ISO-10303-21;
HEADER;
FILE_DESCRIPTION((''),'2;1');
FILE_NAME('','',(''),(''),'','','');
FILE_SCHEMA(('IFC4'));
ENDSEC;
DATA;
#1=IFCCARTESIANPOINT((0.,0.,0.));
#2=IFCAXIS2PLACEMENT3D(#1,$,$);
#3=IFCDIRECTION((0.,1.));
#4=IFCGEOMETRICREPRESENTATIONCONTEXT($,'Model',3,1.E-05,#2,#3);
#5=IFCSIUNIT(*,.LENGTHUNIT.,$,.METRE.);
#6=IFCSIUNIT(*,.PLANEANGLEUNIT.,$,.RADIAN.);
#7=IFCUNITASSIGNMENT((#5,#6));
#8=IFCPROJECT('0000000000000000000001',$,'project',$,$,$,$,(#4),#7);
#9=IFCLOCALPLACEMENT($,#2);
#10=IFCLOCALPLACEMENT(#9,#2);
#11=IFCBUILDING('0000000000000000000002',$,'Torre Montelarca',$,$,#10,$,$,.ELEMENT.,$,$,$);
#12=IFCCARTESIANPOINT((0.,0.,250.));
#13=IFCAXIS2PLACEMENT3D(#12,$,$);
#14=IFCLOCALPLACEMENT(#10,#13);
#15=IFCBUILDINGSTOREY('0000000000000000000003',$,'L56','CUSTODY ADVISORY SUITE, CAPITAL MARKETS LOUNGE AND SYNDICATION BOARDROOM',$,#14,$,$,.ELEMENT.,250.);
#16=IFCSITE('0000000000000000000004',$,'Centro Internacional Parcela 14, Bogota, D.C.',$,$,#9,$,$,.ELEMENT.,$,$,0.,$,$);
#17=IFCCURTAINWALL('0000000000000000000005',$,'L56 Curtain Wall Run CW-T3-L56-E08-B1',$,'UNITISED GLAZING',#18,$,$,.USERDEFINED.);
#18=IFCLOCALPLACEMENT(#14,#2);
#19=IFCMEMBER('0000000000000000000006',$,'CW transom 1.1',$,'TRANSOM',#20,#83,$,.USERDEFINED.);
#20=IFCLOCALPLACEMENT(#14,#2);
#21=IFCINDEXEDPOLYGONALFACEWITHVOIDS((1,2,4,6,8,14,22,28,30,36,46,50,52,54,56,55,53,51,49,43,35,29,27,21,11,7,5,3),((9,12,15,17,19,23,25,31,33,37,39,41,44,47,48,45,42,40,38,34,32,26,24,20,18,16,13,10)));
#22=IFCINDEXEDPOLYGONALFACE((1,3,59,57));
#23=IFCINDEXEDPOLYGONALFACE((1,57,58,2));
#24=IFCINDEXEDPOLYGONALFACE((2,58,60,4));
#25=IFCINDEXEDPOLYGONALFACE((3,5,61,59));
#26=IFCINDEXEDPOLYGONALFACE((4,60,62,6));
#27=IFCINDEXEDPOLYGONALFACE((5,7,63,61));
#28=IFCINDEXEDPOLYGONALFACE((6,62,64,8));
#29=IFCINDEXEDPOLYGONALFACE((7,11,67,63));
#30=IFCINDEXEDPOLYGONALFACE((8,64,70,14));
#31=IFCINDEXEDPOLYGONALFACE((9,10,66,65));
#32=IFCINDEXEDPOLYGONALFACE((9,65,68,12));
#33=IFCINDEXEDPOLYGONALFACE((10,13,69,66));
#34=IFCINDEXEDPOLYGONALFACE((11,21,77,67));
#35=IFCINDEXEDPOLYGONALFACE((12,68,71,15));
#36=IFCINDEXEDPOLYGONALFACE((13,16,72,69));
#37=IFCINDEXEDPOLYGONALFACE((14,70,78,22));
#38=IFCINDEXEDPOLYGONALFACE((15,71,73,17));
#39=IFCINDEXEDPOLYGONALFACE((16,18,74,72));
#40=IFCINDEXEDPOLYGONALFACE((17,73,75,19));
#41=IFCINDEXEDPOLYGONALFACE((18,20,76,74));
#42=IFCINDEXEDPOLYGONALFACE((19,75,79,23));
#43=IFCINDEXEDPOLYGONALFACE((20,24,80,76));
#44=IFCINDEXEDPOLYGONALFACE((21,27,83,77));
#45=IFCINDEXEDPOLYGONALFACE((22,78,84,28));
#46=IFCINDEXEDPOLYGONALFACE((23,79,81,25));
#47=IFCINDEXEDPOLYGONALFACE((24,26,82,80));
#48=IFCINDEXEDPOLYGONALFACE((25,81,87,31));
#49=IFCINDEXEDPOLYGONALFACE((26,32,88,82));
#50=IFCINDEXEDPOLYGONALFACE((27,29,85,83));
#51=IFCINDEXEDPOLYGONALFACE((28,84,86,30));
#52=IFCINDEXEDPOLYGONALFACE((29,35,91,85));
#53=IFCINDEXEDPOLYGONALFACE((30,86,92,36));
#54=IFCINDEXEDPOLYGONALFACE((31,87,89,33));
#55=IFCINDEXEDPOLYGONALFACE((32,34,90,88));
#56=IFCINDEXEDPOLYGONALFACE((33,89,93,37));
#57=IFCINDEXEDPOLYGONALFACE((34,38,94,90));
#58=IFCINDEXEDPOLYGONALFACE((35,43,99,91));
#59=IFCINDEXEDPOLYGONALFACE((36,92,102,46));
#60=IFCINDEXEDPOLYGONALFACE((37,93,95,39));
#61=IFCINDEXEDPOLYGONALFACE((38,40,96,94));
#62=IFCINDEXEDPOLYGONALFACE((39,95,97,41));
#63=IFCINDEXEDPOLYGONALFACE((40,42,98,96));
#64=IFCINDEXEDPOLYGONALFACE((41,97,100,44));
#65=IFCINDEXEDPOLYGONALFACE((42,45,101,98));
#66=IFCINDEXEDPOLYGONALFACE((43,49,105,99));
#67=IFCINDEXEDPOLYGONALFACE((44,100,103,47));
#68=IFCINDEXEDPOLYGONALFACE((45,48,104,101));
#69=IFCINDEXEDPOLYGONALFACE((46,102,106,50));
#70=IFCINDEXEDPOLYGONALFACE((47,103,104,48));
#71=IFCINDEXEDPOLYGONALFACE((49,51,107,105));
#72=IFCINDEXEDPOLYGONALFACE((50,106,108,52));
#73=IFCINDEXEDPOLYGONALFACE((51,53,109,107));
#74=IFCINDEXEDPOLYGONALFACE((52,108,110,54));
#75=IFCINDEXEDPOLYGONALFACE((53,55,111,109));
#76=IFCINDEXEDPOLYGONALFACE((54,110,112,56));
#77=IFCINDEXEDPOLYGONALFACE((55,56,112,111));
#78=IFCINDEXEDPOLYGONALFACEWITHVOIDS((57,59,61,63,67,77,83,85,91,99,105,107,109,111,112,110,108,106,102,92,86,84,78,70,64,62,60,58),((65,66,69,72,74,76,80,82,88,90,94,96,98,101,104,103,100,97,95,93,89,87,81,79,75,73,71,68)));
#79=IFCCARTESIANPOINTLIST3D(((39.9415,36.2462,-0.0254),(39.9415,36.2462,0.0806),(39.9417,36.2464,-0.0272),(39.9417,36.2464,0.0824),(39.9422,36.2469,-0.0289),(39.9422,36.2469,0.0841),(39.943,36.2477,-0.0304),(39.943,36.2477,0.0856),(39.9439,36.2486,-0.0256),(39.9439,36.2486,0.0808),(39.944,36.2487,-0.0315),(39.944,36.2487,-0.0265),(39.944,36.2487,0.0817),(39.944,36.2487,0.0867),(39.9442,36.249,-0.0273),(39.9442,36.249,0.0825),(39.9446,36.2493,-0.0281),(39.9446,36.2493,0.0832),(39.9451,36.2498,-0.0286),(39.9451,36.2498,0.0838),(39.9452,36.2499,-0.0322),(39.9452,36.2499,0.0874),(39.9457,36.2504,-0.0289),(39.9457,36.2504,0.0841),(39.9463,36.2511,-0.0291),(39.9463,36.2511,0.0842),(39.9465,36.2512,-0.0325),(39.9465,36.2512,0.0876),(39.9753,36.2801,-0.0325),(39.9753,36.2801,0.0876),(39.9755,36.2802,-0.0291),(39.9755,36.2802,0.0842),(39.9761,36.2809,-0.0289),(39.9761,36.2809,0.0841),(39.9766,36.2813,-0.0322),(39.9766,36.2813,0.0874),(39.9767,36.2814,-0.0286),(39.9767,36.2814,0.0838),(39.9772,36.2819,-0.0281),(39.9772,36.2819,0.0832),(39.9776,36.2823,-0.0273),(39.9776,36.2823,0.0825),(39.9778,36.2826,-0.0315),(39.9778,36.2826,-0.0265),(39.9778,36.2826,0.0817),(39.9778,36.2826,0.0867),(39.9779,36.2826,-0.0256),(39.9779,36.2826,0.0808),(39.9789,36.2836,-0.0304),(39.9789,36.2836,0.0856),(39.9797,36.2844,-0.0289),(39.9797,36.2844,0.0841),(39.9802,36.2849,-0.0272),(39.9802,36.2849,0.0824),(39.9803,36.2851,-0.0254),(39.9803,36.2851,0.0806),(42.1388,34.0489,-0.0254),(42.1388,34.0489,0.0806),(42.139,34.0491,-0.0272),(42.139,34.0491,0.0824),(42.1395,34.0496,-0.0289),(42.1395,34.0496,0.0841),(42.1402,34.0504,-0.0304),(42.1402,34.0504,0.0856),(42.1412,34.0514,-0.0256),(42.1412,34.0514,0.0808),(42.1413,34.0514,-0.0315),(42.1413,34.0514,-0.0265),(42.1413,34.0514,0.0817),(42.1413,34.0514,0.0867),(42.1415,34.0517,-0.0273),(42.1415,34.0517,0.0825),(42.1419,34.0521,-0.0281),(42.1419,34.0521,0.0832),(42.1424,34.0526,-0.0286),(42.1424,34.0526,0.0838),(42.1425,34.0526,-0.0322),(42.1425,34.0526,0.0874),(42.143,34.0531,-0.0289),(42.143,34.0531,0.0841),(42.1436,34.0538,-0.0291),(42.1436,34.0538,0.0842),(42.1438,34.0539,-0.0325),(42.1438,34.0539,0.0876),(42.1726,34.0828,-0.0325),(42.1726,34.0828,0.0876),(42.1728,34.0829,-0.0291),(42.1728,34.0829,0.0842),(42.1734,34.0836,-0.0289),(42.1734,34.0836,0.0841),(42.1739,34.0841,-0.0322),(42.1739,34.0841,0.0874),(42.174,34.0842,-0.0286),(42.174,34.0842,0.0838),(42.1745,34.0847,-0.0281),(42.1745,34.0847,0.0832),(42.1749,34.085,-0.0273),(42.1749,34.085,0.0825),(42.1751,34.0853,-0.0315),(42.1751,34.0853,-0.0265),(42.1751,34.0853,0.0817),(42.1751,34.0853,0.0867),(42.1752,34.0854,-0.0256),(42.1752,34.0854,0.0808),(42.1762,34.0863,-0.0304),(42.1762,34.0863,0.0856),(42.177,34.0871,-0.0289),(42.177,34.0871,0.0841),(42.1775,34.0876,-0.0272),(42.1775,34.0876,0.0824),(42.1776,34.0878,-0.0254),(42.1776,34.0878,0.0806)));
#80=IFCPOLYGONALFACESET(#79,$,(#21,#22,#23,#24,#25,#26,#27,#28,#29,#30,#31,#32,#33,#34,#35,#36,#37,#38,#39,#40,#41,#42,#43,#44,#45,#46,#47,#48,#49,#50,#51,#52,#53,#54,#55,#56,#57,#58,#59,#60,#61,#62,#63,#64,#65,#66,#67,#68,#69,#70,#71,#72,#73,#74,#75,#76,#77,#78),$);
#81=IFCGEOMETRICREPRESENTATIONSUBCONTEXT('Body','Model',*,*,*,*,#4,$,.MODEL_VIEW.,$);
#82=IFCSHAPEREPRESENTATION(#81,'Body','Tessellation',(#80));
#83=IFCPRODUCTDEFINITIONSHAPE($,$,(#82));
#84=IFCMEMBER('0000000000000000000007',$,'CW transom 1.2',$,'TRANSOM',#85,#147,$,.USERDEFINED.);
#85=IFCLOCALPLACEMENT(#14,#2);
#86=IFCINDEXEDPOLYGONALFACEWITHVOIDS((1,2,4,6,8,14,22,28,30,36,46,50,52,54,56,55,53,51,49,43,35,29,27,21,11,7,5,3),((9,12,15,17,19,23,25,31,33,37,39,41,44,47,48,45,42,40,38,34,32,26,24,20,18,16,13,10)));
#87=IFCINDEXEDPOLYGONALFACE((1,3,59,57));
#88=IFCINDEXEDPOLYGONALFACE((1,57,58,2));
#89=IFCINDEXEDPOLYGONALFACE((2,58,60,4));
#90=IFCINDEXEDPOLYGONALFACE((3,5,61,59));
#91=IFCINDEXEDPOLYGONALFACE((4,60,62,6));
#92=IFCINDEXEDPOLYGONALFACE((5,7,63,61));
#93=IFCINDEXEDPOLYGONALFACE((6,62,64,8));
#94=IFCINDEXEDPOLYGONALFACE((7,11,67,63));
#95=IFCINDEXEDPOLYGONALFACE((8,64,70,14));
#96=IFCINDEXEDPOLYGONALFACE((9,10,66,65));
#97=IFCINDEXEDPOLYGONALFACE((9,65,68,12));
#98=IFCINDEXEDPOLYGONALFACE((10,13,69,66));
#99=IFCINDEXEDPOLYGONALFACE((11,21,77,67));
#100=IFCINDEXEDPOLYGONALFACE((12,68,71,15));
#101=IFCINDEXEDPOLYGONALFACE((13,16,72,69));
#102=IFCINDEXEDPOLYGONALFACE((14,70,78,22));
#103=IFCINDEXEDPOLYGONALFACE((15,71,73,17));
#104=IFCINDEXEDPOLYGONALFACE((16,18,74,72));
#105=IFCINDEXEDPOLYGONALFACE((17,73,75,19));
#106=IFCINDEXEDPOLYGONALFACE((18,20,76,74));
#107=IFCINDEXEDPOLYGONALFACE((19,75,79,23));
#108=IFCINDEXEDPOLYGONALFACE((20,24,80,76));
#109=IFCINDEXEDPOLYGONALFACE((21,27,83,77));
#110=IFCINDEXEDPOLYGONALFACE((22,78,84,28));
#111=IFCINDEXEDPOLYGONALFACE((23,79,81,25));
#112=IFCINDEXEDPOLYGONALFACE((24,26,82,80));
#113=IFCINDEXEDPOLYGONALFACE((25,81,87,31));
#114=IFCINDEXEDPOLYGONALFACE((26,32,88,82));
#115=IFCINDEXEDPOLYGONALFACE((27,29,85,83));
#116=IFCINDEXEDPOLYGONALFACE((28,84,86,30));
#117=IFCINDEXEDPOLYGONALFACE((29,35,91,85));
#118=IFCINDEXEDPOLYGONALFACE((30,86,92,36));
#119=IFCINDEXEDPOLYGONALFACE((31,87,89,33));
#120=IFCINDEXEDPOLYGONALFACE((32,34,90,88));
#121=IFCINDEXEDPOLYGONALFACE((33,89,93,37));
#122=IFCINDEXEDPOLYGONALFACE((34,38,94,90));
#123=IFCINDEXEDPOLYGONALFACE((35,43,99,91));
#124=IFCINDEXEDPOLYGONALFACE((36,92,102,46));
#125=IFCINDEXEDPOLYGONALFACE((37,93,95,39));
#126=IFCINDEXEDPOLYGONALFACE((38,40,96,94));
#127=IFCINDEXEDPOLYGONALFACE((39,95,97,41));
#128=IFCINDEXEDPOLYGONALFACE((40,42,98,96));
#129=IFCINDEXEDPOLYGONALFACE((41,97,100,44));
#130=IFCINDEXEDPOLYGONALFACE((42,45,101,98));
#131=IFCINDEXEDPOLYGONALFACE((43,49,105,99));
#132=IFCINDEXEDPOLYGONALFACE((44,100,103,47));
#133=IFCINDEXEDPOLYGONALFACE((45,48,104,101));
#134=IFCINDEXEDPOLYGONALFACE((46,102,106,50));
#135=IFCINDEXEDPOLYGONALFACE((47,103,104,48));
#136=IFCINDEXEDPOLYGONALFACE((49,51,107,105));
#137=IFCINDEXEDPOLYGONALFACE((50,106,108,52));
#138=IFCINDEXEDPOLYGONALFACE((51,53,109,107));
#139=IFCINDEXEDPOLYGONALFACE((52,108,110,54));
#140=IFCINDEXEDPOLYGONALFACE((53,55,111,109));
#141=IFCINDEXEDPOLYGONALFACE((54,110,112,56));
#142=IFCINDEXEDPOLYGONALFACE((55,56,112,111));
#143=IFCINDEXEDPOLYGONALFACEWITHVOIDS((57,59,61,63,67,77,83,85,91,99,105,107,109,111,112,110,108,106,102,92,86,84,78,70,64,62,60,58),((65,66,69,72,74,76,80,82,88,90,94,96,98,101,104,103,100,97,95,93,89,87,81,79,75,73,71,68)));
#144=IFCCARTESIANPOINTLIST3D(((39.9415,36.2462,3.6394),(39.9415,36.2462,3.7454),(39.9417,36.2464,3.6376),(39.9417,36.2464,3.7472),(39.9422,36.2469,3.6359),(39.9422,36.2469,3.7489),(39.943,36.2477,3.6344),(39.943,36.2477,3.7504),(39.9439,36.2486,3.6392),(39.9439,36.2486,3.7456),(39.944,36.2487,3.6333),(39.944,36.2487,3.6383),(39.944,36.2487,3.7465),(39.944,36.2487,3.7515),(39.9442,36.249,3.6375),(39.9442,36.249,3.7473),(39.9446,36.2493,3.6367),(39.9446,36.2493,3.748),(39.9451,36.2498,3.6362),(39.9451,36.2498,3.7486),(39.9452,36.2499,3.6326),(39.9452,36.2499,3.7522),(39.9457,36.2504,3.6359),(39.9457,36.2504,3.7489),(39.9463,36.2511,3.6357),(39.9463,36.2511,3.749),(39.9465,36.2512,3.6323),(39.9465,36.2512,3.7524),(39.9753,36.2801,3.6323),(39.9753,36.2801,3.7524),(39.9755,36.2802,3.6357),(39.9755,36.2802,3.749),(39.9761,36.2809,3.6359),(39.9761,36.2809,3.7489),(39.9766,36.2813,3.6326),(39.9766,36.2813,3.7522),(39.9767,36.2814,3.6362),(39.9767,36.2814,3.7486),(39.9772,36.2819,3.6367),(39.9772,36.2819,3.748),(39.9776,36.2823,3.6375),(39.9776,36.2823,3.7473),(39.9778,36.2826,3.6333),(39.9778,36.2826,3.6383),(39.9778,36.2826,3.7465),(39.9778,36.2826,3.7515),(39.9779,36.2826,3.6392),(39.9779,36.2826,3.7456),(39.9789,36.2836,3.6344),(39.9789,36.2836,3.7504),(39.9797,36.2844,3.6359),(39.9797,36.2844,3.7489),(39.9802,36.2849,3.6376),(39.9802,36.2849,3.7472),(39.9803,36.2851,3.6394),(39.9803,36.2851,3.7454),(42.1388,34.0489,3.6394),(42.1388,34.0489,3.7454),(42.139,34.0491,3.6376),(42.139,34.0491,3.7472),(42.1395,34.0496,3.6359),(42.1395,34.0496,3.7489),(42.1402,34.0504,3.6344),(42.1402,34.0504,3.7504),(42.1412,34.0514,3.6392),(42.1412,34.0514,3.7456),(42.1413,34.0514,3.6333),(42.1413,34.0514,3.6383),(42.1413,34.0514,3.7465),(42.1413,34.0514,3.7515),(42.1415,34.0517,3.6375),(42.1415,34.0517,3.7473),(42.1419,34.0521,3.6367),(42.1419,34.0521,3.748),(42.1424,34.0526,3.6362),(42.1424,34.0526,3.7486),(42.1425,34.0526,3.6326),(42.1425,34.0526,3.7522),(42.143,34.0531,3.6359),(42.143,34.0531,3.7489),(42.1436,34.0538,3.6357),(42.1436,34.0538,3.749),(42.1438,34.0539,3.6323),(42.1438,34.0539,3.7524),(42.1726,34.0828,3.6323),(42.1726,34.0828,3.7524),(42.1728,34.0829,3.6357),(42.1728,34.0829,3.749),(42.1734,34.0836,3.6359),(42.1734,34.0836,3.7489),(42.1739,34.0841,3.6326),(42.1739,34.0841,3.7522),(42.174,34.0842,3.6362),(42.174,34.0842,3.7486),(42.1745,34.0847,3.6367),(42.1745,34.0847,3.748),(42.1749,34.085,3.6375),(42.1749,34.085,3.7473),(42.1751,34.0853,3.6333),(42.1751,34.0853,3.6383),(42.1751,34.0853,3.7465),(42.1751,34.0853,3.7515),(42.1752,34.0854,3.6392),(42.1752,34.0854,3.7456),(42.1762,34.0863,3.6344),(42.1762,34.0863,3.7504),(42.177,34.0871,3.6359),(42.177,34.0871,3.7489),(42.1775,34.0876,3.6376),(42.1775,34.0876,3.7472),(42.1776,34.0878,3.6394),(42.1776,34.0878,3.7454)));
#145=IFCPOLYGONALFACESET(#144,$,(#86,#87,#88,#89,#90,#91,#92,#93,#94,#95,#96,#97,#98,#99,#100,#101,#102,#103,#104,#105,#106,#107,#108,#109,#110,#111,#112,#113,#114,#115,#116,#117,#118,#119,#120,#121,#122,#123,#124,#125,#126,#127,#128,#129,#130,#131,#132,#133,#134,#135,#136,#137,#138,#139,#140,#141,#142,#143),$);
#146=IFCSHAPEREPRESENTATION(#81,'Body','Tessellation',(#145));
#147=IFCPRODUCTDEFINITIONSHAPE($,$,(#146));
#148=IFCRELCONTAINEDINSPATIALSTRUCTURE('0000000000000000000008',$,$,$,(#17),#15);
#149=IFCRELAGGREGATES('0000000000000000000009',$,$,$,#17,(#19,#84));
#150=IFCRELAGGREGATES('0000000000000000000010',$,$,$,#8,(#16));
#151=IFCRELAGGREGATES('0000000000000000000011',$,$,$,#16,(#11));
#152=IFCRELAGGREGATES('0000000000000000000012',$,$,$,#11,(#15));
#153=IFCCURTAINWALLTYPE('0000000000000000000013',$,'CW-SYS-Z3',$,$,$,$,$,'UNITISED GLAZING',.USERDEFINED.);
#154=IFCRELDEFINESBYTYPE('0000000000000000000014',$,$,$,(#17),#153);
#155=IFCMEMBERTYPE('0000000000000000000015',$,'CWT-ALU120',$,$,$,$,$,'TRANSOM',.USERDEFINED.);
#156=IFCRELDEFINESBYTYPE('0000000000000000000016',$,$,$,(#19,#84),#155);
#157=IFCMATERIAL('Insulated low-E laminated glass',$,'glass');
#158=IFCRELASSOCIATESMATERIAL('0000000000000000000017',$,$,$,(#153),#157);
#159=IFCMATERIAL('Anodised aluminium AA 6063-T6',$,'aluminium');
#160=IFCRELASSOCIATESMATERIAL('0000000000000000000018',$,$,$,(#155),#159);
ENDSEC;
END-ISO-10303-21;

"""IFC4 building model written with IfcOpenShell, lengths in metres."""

from ifc_helpers import new_model, si_unit, direction, frame, origin, origin_2d, place, context, subcontext, project, spatial, hollow_rectangle, extrude, source, transform, mapped, material, material_profile, profile_set, type_object, element, aggregate, save


model = new_model("IFC4")

# Units and contexts
model_context = context("Model", 3, precision=1e-05, world=origin(), true_north=direction((0.0, 1.0)))
body_context = subcontext(model_context, "Body", "Model", "MODEL_VIEW")
ifc_project = project(units=[si_unit("LENGTHUNIT", "METRE"), si_unit("PLANEANGLEUNIT", "RADIAN")], contexts=[model_context])

# Site, building, storey
site_placement = place(None, origin())
site = spatial("IfcSite", under=ifc_project, at=site_placement, Name="Centro Internacional Parcela 14, Bogota, D.C.", CompositionType="ELEMENT", RefElevation=0.0)
building_placement = place(site_placement, origin())
building = spatial("IfcBuilding", under=site, at=building_placement, Name="Torre Montelarca", CompositionType="ELEMENT")
storey_placement = place(building_placement, frame((0.0, 0.0, 250.0)))
storey = spatial("IfcBuildingStorey", under=building, at=storey_placement, Name="L56", Description="CUSTODY ADVISORY SUITE, CAPITAL MARKETS LOUNGE AND SYNDICATION BOARDROOM", CompositionType="ELEMENT", Elevation=250.0)

# Shared definitions
ifc_material_1 = material(Name="Insulated low-E laminated glass", Category="glass")
curtain_wall_type = type_object("IfcCurtainWallType", Name="CW-SYS-Z3", ElementType="UNITISED GLAZING", PredefinedType="USERDEFINED", material=ifc_material_1)
ifc_material_2 = material(Name="Anodised aluminium AA 6063-T6", Category="aluminium")

# Curtain wall, members
curtain_wall_1_placement = place(storey_placement, origin())
curtain_wall_1 = element("IfcCurtainWall", 1, at=curtain_wall_1_placement, inside=storey, type_object=curtain_wall_type, Name="L56 Curtain Wall Run CW-T3-L56-E08-B1", ObjectType="UNITISED GLAZING", PredefinedType="USERDEFINED")
ifc_material_profile_1 = material_profile(ifc_material_2, hollow_rectangle(XDim=0.0549, YDim=0.1201, WallThickness=0.0034, InnerFilletRadius=0.0034, OuterFilletRadius=0.0071, at=origin_2d()), Name="ALU55X120X3.5", Category="aluminium")
ifc_profile_set_1 = profile_set([ifc_material_profile_1], Name="Anodised aluminium AA 6063-T6")
member_type_1 = type_object("IfcMemberType", Name="CWT-ALU120", ElementType="TRANSOM", PredefinedType="USERDEFINED", material=ifc_profile_set_1)
shared_shape_1 = source(origin(), body_context, "Body", "SweptSolid", [
    extrude(hollow_rectangle(XDim=0.0549, YDim=0.1201, WallThickness=0.0034, InnerFilletRadius=0.0034, OuterFilletRadius=0.0071, at=origin_2d()), origin(), (0.0, 0.0, 1.0), 3.1074),
])
member_1_placement = place(storey_placement, frame((42.1582, 34.0684, 0.0276), z_axis=(-0.707107, 0.707107, 0.0), x_axis=(-0.707107, -0.707107, 0.0)))
member_1 = element("IfcMember", 2, at=member_1_placement, type_object=member_type_1, Name="CW transom 1.1", ObjectType="TRANSOM", PredefinedType="USERDEFINED", context=body_context, shape_type="MappedRepresentation", body=[
    mapped(shared_shape_1, transform((0.0, 0.0, 0.0), scale=1.0)),
])
member_2_placement = place(storey_placement, frame((42.1582, 34.0684, 3.6924), z_axis=(-0.707107, 0.707107, 0.0), x_axis=(-0.707107, -0.707107, 0.0)))
member_2 = element("IfcMember", 3, at=member_2_placement, type_object=member_type_1, Name="CW transom 1.2", ObjectType="TRANSOM", PredefinedType="USERDEFINED", context=body_context, shape_type="MappedRepresentation", body=[
    mapped(shared_shape_1, transform((0.0, 0.0, 0.0), scale=1.0)),
])

aggregate(curtain_wall_1, [member_1, member_2])

save(model, "model.ifc")
